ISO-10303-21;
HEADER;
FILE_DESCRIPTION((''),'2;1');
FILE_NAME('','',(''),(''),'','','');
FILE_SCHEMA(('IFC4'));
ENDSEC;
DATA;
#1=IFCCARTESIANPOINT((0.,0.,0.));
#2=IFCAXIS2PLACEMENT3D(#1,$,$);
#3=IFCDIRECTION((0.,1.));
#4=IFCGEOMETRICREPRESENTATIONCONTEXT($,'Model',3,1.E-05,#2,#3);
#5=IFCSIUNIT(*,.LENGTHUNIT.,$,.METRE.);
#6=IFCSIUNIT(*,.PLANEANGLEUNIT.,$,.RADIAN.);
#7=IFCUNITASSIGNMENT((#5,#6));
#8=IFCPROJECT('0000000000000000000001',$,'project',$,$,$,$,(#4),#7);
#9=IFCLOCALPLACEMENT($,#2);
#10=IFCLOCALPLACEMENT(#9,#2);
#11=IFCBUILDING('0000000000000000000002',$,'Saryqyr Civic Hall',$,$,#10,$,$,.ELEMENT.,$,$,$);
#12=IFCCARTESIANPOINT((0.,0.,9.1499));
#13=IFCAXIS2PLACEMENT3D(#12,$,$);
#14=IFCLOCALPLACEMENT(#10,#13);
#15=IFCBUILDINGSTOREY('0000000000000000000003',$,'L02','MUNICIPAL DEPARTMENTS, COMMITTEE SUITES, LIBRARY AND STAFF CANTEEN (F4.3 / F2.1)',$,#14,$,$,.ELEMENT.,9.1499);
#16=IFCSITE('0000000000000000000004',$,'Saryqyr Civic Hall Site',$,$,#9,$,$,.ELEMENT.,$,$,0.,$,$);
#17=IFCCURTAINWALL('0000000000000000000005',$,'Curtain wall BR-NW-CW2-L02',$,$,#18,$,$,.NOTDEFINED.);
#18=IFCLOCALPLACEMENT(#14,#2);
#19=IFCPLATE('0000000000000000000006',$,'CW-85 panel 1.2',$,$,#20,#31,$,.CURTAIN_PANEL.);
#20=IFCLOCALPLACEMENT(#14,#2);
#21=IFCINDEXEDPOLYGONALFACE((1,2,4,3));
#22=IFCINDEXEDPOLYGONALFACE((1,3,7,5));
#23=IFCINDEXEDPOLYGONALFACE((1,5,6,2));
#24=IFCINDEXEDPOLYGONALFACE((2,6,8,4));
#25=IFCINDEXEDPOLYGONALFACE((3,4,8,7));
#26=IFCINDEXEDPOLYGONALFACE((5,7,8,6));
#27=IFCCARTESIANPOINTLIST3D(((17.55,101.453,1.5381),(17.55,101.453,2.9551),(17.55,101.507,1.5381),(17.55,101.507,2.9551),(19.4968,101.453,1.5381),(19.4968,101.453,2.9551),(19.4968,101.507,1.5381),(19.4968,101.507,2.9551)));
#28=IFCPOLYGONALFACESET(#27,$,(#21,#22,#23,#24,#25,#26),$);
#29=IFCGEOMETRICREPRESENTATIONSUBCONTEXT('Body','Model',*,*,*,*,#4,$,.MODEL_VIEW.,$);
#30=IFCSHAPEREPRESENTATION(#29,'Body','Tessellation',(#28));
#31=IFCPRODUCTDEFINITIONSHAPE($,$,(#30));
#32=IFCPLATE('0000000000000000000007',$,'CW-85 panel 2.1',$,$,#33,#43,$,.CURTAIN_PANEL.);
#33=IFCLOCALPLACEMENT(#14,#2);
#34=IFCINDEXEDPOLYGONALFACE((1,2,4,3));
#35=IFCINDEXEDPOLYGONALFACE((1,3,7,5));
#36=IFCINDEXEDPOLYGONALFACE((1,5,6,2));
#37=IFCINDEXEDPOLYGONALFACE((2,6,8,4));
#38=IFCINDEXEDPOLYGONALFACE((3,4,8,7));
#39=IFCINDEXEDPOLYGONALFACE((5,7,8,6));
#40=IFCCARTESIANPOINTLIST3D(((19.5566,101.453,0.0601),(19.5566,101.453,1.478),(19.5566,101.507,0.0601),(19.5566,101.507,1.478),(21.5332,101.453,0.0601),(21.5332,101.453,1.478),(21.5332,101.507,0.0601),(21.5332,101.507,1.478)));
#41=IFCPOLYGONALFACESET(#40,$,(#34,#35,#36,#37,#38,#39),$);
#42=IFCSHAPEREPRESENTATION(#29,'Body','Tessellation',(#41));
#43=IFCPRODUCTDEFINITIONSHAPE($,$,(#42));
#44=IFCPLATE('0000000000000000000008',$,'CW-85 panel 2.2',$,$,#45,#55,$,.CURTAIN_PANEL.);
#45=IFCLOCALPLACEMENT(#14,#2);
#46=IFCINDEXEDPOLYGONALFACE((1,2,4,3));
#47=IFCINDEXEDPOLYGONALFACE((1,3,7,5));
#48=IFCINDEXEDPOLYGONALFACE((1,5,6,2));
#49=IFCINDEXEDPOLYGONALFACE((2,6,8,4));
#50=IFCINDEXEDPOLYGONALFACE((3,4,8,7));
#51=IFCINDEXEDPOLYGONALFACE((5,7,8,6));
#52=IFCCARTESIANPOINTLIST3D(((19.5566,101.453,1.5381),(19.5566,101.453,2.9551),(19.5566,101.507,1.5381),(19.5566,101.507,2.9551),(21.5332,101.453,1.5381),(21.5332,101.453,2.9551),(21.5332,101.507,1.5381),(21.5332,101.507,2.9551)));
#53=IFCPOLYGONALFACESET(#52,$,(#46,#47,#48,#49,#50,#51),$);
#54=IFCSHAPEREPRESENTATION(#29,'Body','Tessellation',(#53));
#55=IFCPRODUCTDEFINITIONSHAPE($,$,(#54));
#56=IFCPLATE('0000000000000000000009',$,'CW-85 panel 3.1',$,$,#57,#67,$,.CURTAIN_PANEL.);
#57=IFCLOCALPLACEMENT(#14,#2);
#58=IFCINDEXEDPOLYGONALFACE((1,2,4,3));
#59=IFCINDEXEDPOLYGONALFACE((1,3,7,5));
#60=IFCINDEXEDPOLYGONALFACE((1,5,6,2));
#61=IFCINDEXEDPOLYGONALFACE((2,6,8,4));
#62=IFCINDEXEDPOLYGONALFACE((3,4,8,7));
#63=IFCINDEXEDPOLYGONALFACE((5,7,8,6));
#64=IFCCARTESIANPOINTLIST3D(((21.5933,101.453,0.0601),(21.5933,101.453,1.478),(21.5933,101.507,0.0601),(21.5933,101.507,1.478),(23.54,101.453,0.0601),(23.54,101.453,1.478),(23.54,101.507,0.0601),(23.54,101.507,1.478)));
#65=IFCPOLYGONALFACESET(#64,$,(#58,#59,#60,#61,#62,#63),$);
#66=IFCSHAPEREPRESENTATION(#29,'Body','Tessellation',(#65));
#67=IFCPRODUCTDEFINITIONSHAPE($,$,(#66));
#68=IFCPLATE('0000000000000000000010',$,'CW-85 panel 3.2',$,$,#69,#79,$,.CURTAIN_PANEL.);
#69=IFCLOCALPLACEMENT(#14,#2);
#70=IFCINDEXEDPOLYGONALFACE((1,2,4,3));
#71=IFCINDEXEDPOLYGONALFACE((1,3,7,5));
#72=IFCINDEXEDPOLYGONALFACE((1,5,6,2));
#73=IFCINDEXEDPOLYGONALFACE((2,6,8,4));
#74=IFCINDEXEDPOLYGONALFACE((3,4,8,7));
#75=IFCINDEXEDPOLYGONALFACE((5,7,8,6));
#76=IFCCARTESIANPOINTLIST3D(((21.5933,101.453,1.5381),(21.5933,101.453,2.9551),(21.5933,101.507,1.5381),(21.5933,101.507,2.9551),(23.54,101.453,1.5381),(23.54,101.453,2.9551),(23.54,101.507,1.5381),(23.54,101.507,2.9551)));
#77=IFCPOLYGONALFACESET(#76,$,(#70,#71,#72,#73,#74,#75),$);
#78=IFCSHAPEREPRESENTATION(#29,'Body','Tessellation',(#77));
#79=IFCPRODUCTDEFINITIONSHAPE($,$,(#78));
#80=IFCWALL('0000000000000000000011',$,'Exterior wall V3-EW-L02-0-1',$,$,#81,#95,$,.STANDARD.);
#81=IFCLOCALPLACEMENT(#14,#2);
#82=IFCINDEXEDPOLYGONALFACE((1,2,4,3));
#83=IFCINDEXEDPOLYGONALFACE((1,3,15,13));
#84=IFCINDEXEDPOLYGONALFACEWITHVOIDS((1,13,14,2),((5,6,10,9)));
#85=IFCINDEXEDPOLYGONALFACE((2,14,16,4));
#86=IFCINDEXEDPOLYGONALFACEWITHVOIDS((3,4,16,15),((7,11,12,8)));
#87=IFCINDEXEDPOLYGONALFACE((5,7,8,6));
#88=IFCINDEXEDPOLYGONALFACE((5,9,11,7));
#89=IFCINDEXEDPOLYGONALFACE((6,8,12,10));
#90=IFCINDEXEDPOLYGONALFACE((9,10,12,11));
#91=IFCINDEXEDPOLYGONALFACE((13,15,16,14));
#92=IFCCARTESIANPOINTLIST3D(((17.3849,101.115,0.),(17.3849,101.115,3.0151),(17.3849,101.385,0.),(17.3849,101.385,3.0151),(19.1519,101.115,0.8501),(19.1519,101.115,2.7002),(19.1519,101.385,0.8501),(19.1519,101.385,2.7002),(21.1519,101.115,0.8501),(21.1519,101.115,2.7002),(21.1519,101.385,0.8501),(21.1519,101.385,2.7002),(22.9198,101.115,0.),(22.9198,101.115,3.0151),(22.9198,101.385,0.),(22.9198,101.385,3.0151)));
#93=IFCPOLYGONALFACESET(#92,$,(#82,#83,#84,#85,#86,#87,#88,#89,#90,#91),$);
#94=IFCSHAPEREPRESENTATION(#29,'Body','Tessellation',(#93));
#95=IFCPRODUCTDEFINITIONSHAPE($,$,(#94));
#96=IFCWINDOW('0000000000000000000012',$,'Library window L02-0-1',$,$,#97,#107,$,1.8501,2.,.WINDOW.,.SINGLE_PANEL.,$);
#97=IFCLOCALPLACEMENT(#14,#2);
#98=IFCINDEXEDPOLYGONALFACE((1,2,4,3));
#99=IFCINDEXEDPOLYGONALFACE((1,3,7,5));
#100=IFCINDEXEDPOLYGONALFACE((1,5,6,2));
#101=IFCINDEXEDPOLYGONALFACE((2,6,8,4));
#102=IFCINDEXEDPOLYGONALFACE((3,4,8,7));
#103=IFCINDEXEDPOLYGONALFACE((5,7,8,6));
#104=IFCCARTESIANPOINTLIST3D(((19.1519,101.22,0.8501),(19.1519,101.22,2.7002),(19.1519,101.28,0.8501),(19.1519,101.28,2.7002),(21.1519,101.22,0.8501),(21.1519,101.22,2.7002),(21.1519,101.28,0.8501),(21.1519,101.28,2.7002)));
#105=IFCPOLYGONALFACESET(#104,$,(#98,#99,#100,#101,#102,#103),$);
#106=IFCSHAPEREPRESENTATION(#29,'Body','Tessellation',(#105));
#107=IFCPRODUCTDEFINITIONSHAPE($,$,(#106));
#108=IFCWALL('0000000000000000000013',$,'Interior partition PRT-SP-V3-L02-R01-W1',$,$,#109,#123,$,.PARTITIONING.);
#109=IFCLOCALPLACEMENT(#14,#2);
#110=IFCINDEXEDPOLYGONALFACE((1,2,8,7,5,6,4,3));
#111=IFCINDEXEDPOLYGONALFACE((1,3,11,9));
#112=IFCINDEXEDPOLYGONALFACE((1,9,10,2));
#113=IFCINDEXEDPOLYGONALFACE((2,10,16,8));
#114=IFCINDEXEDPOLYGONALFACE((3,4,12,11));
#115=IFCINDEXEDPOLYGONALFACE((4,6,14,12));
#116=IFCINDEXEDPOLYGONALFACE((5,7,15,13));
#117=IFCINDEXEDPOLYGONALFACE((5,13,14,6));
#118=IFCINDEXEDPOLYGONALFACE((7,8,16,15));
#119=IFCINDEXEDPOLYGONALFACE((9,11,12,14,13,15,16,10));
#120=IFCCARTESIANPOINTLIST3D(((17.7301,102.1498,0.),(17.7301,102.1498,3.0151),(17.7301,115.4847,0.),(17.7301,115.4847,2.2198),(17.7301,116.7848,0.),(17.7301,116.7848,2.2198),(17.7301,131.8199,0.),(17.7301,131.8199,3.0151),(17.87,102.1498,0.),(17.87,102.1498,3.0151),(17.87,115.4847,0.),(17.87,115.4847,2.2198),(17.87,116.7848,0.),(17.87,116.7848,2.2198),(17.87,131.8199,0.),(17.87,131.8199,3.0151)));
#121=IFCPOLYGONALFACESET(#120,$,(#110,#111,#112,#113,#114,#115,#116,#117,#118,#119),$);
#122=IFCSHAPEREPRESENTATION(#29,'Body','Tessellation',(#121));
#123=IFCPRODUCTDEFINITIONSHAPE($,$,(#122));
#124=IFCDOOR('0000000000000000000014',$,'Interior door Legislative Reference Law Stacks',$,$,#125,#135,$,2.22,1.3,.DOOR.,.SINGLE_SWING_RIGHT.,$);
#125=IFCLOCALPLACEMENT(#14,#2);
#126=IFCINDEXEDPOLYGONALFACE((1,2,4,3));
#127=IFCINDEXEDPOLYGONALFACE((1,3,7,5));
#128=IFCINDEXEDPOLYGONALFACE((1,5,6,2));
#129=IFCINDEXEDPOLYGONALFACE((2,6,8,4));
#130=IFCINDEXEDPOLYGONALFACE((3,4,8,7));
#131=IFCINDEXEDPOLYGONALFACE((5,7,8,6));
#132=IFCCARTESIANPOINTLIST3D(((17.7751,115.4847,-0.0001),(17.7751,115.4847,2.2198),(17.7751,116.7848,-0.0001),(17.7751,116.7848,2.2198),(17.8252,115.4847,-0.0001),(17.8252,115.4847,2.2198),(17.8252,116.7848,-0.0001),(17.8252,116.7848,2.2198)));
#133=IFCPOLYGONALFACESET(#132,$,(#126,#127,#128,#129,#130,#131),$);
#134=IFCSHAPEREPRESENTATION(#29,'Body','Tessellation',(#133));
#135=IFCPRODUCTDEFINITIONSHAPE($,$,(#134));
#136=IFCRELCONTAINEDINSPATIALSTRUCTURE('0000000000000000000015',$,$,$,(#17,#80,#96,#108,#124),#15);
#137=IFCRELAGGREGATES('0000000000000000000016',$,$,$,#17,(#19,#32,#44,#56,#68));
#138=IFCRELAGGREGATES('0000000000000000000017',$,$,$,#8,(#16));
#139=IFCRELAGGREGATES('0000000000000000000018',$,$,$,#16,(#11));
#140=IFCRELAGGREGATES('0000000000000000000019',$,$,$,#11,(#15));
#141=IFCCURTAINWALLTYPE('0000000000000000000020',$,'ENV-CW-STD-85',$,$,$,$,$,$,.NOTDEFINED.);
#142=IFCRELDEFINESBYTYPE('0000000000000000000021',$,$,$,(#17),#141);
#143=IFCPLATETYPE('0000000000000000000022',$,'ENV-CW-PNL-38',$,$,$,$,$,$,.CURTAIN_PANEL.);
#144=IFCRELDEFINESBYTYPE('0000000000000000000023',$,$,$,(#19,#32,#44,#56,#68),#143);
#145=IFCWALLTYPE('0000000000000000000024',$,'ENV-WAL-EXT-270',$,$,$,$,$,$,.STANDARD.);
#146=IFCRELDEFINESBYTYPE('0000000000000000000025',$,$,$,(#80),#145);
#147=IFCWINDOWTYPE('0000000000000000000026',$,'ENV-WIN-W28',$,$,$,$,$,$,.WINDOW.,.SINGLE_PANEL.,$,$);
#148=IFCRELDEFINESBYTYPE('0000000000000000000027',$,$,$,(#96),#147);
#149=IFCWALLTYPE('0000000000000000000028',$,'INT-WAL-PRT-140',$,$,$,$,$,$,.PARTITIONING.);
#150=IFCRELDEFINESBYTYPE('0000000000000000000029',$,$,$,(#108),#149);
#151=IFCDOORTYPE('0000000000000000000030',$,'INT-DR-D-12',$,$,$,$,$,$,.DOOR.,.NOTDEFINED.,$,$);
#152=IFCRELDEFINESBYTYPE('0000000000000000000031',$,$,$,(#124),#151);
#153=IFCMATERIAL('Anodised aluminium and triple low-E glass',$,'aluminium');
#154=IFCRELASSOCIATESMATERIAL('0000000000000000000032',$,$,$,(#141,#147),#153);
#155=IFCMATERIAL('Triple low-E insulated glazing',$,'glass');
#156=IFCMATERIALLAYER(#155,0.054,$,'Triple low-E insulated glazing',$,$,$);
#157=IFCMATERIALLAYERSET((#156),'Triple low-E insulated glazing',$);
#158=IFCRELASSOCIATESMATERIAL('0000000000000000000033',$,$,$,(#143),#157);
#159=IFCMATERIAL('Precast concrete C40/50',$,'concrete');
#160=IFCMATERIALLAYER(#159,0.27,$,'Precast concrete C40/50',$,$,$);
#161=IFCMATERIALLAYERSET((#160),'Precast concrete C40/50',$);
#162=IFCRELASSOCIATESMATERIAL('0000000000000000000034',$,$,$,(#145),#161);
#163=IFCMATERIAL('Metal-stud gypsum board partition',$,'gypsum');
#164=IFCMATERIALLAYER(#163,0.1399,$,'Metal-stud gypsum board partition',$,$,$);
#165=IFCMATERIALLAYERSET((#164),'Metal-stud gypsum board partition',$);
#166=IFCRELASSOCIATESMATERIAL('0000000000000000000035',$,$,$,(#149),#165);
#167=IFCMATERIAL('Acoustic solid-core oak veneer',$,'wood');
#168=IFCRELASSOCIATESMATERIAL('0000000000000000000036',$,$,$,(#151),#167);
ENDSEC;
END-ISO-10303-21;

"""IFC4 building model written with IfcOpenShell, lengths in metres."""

from ifc_helpers import new_model, si_unit, direction, frame, frame_2d, origin, origin_2d, place, context, subcontext, project, spatial, rectangle, extrude, material, layer, layer_set, type_object, element, fill, aggregate, save


model = new_model("IFC4")

# Units and contexts
model_context = context("Model", 3, precision=1e-05, world=origin(), true_north=direction((0.0, 1.0)))
body_context = subcontext(model_context, "Body", "Model", "MODEL_VIEW")
ifc_project = project(units=[si_unit("LENGTHUNIT", "METRE"), si_unit("PLANEANGLEUNIT", "RADIAN")], contexts=[model_context])

# Site, building, storey
site_placement = place(None, origin())
site = spatial("IfcSite", under=ifc_project, at=site_placement, Name="Saryqyr Civic Hall Site", CompositionType="ELEMENT", RefElevation=0.0)
building_placement = place(site_placement, origin())
building = spatial("IfcBuilding", under=site, at=building_placement, Name="Saryqyr Civic Hall", CompositionType="ELEMENT")
storey_placement = place(building_placement, frame((0.0, 0.0, 9.1499)))
storey = spatial("IfcBuildingStorey", under=building, at=storey_placement, Name="L02", Description="MUNICIPAL DEPARTMENTS, COMMITTEE SUITES, LIBRARY AND STAFF CANTEEN (F4.3 / F2.1)", CompositionType="ELEMENT", Elevation=9.1499)

# Curtain wall
ifc_material_1 = material(Name="Anodised aluminium and triple low-E glass", Category="aluminium")
curtain_wall_type_1 = type_object("IfcCurtainWallType", Name="ENV-CW-STD-85", PredefinedType="NOTDEFINED", material=ifc_material_1)
curtain_wall_1_placement = place(storey_placement, origin())
curtain_wall_1 = element("IfcCurtainWall", 1, at=curtain_wall_1_placement, inside=storey, type_object=curtain_wall_type_1, Name="Curtain wall BR-NW-CW2-L02", PredefinedType="NOTDEFINED")

# Plates
ifc_material_2 = material(Name="Triple low-E insulated glazing", Category="glass")
ifc_layer_1 = layer(ifc_material_2, 0.054, Name="Triple low-E insulated glazing")
ifc_layer_set_1 = layer_set([ifc_layer_1], Name="Triple low-E insulated glazing")
plate_type = type_object("IfcPlateType", Name="ENV-CW-PNL-38", PredefinedType="CURTAIN_PANEL", material=ifc_layer_set_1)
plate_1_placement = place(storey_placement, frame((18.5234, 101.48, 1.5381), z_axis=(0.0, 0.0, 1.0), x_axis=(1.0, 0.0, 0.0)))
plate_1 = element("IfcPlate", 2, at=plate_1_placement, type_object=plate_type, Name="CW-85 panel 1.2", PredefinedType="CURTAIN_PANEL", context=body_context, shape_type="SweptSolid", body=[
    extrude(rectangle(XDim=1.9468, YDim=0.054, at=origin_2d()), origin(), (0.0, 0.0, 1.0), 1.417),
])
plate_2_placement = place(storey_placement, frame((20.5449, 101.48, 0.0601), z_axis=(0.0, 0.0, 1.0), x_axis=(1.0, 0.0, 0.0)))
plate_2 = element("IfcPlate", 3, at=plate_2_placement, type_object=plate_type, Name="CW-85 panel 2.1", PredefinedType="CURTAIN_PANEL", context=body_context, shape_type="SweptSolid", body=[
    extrude(rectangle(XDim=1.9766, YDim=0.054, at=origin_2d()), origin(), (0.0, 0.0, 1.0), 1.418),
])
plate_3_placement = place(storey_placement, frame((20.5449, 101.48, 1.5381), z_axis=(0.0, 0.0, 1.0), x_axis=(1.0, 0.0, 0.0)))
plate_3 = element("IfcPlate", 4, at=plate_3_placement, type_object=plate_type, Name="CW-85 panel 2.2", PredefinedType="CURTAIN_PANEL", context=body_context, shape_type="SweptSolid", body=[
    extrude(rectangle(XDim=1.9766, YDim=0.054, at=origin_2d()), origin(), (0.0, 0.0, 1.0), 1.417),
])
plate_4_placement = place(storey_placement, frame((22.5667, 101.48, 0.0601), z_axis=(0.0, 0.0, 1.0), x_axis=(1.0, 0.0, 0.0)))
plate_4 = element("IfcPlate", 5, at=plate_4_placement, type_object=plate_type, Name="CW-85 panel 3.1", PredefinedType="CURTAIN_PANEL", context=body_context, shape_type="SweptSolid", body=[
    extrude(rectangle(XDim=1.9468, YDim=0.054, at=origin_2d()), origin(), (0.0, 0.0, 1.0), 1.418),
])
plate_5_placement = place(storey_placement, frame((22.5667, 101.48, 1.5381), z_axis=(0.0, 0.0, 1.0), x_axis=(1.0, 0.0, 0.0)))
plate_5 = element("IfcPlate", 6, at=plate_5_placement, type_object=plate_type, Name="CW-85 panel 3.2", PredefinedType="CURTAIN_PANEL", context=body_context, shape_type="SweptSolid", body=[
    extrude(rectangle(XDim=1.9468, YDim=0.054, at=origin_2d()), origin(), (0.0, 0.0, 1.0), 1.417),
])
aggregate(curtain_wall_1, [plate_1, plate_2, plate_3, plate_4, plate_5])

# Wall, opening, window
ifc_material_3 = material(Name="Precast concrete C40/50", Category="concrete")
ifc_layer_2 = layer(ifc_material_3, 0.27, Name="Precast concrete C40/50")
ifc_layer_set_2 = layer_set([ifc_layer_2], Name="Precast concrete C40/50")
wall_type_1 = type_object("IfcWallType", Name="ENV-WAL-EXT-270", PredefinedType="STANDARD", material=ifc_layer_set_2)
wall_1_placement = place(storey_placement, frame((22.9199, 101.25, 0.0), z_axis=(0.0, 0.0, 1.0), x_axis=(-1.0, 0.0, 0.0)))
wall_1 = element("IfcWall", 7, at=wall_1_placement, inside=storey, type_object=wall_type_1, Name="Exterior wall V3-EW-L02-0-1", PredefinedType="STANDARD", context=body_context, shape_type="SweptSolid", body=[
    extrude(rectangle(XDim=5.5349, YDim=0.27, at=frame_2d((2.7676, 0.0))), origin(), (0.0, 0.0, 1.0), 3.0151),
])
opening_1_placement = place(wall_1_placement, frame((1.7681, 0.0, 0.8501)))
opening_1 = element("IfcOpeningElement", 8, at=opening_1_placement, cuts=wall_1, PredefinedType="OPENING", context=body_context, shape_type="SweptSolid", body=[
    extrude(rectangle(XDim=2.0, YDim=1.8501, at=frame_2d((1.0, 0.925))), frame((0.0, 0.145, 0.0), z_axis=(0.0, -1.0, 0.0), x_axis=(1.0, 0.0, 0.0)), (0.0, 0.0, 1.0), 0.29),
])
window_type = type_object("IfcWindowType", Name="ENV-WIN-W28", PartitioningType="SINGLE_PANEL", PredefinedType="WINDOW", material=ifc_material_1)
window_placement = place(opening_1_placement, origin())
window = element("IfcWindow", 9, at=window_placement, inside=storey, type_object=window_type, Name="Library window L02-0-1", OverallHeight=1.8501, OverallWidth=2.0, PartitioningType="SINGLE_PANEL", PredefinedType="WINDOW", context=body_context, shape_type="SweptSolid", body=[
    extrude(rectangle(XDim=2.0, YDim=1.8501, at=frame_2d((1.0, 0.925))), frame((0.0, 0.03, 0.0), z_axis=(0.0, -1.0, 0.0), x_axis=(1.0, 0.0, 0.0)), (0.0, 0.0, 1.0), 0.0601),
])
fill(opening_1, window)

# Wall, opening, door
ifc_material_4 = material(Name="Metal-stud gypsum board partition", Category="gypsum")
ifc_layer_3 = layer(ifc_material_4, 0.1399, Name="Metal-stud gypsum board partition")
ifc_layer_set_3 = layer_set([ifc_layer_3], Name="Metal-stud gypsum board partition")
wall_type_2 = type_object("IfcWallType", Name="INT-WAL-PRT-140", PredefinedType="PARTITIONING", material=ifc_layer_set_3)
wall_2_placement = place(storey_placement, frame((17.8, 102.1499, 0.0), z_axis=(0.0, 0.0, 1.0), x_axis=(0.0, 1.0, 0.0)))
wall_2 = element("IfcWall", 10, at=wall_2_placement, inside=storey, type_object=wall_type_2, Name="Interior partition PRT-SP-V3-L02-R01-W1", PredefinedType="PARTITIONING", context=body_context, shape_type="SweptSolid", body=[
    extrude(rectangle(XDim=29.6702, YDim=0.1399, at=frame_2d((14.835, 0.0))), origin(), (0.0, 0.0, 1.0), 3.0151),
])
opening_2_placement = place(wall_2_placement, frame((13.335, 0.0, 0.0)))
opening_2 = element("IfcOpeningElement", 11, at=opening_2_placement, cuts=wall_2, PredefinedType="OPENING", context=body_context, shape_type="SweptSolid", body=[
    extrude(rectangle(XDim=1.3, YDim=2.22, at=frame_2d((0.6499, 1.1099))), frame((0.0, 0.0798, 0.0), z_axis=(0.0, -1.0, 0.0), x_axis=(1.0, 0.0, 0.0)), (0.0, 0.0, 1.0), 0.1599),
])
ifc_material_5 = material(Name="Acoustic solid-core oak veneer", Category="wood")
door_type = type_object("IfcDoorType", Name="INT-DR-D-12", OperationType="NOTDEFINED", PredefinedType="DOOR", material=ifc_material_5)
door_placement = place(opening_2_placement, origin())
door = element("IfcDoor", 12, at=door_placement, inside=storey, type_object=door_type, Name="Interior door Legislative Reference Law Stacks", OperationType="SINGLE_SWING_RIGHT", OverallHeight=2.22, OverallWidth=1.3, PredefinedType="DOOR", context=body_context, shape_type="SweptSolid", body=[
    extrude(rectangle(XDim=1.3, YDim=2.22, at=frame_2d((0.6499, 1.1099))), frame((0.0, 0.0249, 0.0), z_axis=(0.0, -1.0, 0.0), x_axis=(1.0, 0.0, 0.0)), (0.0, 0.0, 1.0), 0.05),
])
fill(opening_2, door)

save(model, "model.ifc")
